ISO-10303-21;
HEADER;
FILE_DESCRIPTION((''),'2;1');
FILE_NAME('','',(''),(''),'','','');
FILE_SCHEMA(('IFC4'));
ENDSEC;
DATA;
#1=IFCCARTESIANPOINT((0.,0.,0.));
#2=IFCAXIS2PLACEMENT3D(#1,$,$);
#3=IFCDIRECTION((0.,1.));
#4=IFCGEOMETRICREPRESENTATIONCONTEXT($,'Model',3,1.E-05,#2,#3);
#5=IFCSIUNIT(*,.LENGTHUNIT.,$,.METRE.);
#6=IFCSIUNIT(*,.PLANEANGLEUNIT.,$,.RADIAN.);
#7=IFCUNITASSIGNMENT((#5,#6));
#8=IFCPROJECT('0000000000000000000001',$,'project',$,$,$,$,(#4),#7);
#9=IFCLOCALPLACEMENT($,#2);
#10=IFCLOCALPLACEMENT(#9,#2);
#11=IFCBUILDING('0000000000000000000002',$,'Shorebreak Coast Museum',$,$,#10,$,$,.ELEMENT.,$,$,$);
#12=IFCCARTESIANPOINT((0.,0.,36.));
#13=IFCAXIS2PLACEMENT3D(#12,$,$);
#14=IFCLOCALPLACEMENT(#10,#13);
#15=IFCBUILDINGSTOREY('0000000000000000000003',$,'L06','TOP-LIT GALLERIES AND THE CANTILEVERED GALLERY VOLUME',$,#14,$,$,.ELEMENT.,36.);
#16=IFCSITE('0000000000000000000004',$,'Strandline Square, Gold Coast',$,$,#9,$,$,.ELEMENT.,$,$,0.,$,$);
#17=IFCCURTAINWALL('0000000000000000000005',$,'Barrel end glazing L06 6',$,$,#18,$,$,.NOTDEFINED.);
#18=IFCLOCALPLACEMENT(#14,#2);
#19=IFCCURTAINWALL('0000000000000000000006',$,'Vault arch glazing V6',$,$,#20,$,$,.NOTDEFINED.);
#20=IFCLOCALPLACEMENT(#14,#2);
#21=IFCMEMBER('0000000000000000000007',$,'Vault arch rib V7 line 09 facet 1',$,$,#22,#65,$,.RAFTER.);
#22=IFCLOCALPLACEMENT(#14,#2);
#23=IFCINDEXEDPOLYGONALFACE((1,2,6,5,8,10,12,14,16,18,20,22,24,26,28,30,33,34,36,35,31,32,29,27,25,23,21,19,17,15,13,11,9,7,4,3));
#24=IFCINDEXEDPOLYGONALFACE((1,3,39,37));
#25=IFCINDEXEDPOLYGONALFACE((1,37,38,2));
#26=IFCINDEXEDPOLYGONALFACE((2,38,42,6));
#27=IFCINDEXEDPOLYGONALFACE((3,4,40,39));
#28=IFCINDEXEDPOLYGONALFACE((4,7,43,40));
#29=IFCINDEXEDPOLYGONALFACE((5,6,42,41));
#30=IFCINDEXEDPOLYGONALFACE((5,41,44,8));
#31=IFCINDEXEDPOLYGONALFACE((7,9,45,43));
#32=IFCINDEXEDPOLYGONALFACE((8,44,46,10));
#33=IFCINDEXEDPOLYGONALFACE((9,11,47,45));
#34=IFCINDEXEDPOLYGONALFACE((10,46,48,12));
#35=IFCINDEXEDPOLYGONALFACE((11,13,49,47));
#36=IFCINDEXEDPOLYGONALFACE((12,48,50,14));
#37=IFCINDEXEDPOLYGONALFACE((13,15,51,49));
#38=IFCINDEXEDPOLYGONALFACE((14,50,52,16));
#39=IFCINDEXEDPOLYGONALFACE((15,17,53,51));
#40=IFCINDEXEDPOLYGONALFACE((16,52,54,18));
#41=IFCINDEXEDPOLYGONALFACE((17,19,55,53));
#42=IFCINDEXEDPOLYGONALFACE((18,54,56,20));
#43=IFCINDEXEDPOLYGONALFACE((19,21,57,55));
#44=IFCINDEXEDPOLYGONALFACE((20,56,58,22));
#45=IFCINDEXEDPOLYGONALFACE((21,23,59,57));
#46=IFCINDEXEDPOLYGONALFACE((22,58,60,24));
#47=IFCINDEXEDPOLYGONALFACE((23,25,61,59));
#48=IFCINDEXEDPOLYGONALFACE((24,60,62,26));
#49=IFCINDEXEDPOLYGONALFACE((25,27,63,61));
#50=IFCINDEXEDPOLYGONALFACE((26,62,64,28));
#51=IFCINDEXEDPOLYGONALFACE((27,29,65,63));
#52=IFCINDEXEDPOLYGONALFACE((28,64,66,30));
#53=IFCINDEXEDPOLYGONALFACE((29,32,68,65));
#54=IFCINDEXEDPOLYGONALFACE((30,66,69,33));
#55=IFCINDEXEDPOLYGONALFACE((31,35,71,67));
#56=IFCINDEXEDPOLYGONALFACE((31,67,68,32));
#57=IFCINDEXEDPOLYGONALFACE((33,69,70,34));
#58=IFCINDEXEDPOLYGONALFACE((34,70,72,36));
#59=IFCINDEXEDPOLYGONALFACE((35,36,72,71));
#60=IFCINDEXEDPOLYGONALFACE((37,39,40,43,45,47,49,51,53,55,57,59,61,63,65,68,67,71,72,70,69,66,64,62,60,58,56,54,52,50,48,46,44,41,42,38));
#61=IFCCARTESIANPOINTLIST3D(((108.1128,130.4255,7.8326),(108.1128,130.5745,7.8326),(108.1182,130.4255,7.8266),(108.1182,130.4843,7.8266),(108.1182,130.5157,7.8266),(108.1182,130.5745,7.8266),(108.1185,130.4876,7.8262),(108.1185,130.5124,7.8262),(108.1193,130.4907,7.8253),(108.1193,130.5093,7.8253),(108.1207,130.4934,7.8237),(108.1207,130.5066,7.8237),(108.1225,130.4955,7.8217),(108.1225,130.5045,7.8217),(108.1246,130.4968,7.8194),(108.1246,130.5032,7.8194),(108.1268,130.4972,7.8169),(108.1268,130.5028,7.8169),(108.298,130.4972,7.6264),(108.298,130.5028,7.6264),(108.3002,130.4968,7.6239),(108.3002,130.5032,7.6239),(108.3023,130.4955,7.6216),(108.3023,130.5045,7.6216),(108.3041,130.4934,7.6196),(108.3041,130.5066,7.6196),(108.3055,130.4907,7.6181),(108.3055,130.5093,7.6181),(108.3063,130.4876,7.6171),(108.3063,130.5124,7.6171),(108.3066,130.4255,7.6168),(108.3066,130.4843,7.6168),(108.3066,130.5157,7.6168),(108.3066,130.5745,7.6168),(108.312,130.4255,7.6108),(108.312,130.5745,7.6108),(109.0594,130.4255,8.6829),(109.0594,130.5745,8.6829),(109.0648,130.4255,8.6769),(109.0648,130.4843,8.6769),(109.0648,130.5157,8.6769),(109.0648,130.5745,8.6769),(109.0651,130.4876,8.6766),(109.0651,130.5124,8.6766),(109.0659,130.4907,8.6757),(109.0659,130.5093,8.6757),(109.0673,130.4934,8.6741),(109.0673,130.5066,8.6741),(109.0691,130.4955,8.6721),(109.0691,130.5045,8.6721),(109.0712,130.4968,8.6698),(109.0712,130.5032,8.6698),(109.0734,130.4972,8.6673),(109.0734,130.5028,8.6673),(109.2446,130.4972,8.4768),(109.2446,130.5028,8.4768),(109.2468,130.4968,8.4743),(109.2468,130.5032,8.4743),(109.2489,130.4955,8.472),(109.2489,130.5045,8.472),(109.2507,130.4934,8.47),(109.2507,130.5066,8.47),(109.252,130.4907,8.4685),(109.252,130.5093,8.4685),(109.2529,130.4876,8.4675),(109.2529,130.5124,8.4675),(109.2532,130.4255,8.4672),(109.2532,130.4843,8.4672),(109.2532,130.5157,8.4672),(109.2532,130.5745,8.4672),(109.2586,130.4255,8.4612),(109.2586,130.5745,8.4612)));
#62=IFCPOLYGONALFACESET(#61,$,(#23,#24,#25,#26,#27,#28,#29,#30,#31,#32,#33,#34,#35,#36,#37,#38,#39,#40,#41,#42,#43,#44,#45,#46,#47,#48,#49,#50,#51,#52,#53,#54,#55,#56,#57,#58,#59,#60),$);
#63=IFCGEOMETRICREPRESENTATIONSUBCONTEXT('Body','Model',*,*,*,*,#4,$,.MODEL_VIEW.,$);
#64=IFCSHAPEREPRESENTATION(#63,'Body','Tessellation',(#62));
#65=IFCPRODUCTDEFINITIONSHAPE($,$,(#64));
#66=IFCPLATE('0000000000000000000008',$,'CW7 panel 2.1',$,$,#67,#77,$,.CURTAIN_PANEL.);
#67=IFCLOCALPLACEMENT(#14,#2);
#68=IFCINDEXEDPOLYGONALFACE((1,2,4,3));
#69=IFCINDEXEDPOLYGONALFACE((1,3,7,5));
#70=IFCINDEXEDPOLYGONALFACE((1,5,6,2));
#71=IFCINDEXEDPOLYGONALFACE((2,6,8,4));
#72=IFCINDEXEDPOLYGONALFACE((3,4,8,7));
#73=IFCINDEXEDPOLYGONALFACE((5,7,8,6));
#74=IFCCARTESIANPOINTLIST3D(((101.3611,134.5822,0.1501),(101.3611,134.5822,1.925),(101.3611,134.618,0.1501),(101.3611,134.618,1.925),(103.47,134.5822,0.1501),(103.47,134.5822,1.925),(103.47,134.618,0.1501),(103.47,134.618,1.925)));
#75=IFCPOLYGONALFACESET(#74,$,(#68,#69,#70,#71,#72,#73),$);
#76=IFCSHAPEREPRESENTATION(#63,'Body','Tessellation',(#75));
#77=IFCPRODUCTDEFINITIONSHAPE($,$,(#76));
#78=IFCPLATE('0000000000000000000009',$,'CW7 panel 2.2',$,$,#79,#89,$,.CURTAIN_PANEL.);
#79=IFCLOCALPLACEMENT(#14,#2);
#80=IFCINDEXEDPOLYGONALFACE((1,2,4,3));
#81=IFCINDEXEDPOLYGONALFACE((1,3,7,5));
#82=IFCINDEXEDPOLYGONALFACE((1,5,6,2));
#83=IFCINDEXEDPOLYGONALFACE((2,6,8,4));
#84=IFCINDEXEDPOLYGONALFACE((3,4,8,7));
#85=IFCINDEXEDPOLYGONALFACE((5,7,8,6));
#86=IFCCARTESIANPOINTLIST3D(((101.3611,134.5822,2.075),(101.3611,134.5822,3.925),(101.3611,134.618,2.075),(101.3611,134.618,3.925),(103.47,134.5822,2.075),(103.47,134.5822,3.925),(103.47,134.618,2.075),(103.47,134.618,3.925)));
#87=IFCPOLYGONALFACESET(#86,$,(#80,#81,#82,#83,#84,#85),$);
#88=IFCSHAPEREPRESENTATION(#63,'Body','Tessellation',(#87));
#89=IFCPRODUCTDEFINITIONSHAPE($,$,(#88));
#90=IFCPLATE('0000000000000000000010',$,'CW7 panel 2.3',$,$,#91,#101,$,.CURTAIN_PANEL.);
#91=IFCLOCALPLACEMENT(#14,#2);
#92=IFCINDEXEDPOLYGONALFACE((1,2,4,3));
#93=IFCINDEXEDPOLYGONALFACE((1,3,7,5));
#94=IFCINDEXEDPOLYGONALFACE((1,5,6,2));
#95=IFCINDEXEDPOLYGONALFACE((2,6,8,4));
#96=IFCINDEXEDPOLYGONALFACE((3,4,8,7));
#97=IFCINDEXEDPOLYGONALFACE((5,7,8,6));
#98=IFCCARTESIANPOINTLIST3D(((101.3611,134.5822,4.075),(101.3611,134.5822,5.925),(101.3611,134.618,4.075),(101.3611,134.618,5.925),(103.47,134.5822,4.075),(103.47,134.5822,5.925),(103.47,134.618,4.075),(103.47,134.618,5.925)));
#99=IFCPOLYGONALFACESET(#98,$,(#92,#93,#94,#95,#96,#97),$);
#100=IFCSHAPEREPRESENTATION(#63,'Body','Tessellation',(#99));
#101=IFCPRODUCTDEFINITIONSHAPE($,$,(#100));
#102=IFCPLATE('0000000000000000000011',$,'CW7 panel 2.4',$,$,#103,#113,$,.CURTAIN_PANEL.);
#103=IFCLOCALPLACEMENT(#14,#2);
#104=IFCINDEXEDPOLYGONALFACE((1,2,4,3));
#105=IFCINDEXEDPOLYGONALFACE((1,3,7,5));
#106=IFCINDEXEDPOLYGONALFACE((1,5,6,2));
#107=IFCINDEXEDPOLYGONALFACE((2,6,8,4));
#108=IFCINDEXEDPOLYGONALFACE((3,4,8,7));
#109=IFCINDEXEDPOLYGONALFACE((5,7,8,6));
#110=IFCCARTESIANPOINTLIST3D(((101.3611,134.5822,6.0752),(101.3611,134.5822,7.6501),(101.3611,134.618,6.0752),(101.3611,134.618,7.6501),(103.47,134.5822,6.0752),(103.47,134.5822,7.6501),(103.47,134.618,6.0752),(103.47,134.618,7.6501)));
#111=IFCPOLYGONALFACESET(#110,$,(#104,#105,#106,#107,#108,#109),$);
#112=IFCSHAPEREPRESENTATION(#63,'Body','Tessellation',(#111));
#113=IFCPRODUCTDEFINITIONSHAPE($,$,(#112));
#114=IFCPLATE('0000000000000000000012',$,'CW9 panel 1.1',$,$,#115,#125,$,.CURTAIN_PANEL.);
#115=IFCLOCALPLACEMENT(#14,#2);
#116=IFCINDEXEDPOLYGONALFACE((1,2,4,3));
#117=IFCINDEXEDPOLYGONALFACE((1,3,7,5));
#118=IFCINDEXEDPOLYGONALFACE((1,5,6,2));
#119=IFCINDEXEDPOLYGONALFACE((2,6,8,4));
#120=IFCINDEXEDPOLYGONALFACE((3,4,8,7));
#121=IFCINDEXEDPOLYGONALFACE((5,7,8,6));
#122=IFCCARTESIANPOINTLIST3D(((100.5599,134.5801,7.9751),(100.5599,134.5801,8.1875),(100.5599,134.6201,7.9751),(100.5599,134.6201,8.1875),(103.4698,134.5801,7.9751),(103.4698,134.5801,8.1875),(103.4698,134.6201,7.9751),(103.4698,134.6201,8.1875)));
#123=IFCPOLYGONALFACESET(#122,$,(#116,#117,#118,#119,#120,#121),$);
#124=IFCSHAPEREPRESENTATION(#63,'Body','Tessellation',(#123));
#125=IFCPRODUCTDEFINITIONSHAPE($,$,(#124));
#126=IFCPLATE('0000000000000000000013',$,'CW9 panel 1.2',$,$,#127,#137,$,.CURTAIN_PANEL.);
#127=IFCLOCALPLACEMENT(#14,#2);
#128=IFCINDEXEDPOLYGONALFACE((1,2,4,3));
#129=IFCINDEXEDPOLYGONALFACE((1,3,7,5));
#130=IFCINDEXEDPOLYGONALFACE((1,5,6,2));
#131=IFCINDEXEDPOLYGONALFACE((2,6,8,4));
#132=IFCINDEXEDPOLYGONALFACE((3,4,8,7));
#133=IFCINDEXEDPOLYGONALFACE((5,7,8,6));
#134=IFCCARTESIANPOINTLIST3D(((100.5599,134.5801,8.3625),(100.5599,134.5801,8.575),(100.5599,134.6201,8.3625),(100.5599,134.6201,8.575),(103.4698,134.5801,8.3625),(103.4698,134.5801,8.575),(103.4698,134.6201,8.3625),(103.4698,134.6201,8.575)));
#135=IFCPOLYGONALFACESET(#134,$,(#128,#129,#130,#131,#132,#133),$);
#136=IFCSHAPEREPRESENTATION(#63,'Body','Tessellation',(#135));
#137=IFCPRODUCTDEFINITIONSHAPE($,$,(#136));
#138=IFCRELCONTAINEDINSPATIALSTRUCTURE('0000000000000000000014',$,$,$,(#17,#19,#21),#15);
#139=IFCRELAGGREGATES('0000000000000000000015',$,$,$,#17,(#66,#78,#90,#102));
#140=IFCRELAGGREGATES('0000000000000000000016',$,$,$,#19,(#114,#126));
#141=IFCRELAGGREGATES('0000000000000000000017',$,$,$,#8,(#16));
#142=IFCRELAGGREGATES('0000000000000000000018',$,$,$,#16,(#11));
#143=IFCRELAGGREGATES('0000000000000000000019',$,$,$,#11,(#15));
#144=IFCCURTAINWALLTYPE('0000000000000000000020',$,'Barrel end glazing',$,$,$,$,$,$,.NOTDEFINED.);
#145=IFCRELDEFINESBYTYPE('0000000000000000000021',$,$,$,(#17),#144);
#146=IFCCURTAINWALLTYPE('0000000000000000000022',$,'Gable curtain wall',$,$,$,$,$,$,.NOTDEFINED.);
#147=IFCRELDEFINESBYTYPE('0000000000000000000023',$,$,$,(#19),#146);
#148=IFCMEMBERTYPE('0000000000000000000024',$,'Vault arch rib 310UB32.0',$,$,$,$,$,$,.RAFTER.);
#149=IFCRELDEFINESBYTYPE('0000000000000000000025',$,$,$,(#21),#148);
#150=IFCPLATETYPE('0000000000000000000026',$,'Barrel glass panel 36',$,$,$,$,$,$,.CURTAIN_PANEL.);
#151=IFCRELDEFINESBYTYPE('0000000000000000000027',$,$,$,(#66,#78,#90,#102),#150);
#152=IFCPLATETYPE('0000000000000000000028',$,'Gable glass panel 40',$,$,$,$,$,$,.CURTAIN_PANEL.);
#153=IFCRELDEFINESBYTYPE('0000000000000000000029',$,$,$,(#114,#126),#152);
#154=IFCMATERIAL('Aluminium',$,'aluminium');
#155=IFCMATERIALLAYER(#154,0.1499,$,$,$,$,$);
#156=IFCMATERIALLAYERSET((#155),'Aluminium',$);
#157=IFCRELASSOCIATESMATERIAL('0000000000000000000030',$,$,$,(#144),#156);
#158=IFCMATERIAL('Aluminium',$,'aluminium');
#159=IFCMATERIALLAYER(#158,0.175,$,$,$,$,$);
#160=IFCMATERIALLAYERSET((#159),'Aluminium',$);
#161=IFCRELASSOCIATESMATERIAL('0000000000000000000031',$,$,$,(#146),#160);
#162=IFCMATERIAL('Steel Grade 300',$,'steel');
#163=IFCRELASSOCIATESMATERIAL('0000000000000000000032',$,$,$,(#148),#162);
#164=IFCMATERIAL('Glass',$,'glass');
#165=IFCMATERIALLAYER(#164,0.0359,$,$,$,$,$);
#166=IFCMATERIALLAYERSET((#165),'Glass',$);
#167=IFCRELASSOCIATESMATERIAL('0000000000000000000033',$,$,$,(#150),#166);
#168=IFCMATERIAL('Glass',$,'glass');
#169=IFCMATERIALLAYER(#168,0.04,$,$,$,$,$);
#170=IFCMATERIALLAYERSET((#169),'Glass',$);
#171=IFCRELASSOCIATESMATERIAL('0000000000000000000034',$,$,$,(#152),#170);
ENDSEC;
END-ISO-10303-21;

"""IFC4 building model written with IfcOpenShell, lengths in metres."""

from ifc_helpers import new_model, si_unit, direction, frame, origin, origin_2d, place, context, subcontext, project, spatial, rectangle, i_section, extrude, material, layer, layer_set, material_profile, profile_set, type_object, element, aggregate, save


model = new_model("IFC4")

# Units and contexts
model_context = context("Model", 3, precision=1e-05, world=origin(), true_north=direction((0.0, 1.0)))
body_context = subcontext(model_context, "Body", "Model", "MODEL_VIEW")
ifc_project = project(units=[si_unit("LENGTHUNIT", "METRE"), si_unit("PLANEANGLEUNIT", "RADIAN")], contexts=[model_context])

# Site, building, storey
site_placement = place(None, origin())
site = spatial("IfcSite", under=ifc_project, at=site_placement, Name="Strandline Square, Gold Coast", CompositionType="ELEMENT", RefElevation=0.0)
building_placement = place(site_placement, origin())
building = spatial("IfcBuilding", under=site, at=building_placement, Name="Shorebreak Coast Museum", CompositionType="ELEMENT")
storey_placement = place(building_placement, frame((0.0, 0.0, 36.0)))
storey = spatial("IfcBuildingStorey", under=building, at=storey_placement, Name="L06", Description="TOP-LIT GALLERIES AND THE CANTILEVERED GALLERY VOLUME", CompositionType="ELEMENT", Elevation=36.0)

# Curtain wall
ifc_material_1 = material(Name="Aluminium", Category="aluminium")
ifc_layer_1 = layer(ifc_material_1, 0.1499)
ifc_layer_set_1 = layer_set([ifc_layer_1], Name="Aluminium")
curtain_wall_type_1 = type_object("IfcCurtainWallType", Name="Barrel end glazing", PredefinedType="NOTDEFINED", material=ifc_layer_set_1)
curtain_wall_1_placement = place(storey_placement, origin())
curtain_wall_1 = element("IfcCurtainWall", 1, at=curtain_wall_1_placement, inside=storey, type_object=curtain_wall_type_1, Name="Barrel end glazing L06 6", PredefinedType="NOTDEFINED")

# Curtain wall
ifc_material_2 = material(Name="Aluminium", Category="aluminium")
ifc_layer_2 = layer(ifc_material_2, 0.175)
ifc_layer_set_2 = layer_set([ifc_layer_2], Name="Aluminium")
curtain_wall_type_2 = type_object("IfcCurtainWallType", Name="Gable curtain wall", PredefinedType="NOTDEFINED", material=ifc_layer_set_2)
curtain_wall_2_placement = place(storey_placement, origin())
curtain_wall_2 = element("IfcCurtainWall", 2, at=curtain_wall_2_placement, inside=storey, type_object=curtain_wall_type_2, Name="Vault arch glazing V6", PredefinedType="NOTDEFINED")

# Member
ifc_material_3 = material(Name="Steel Grade 300", Category="steel")
ifc_material_profile_1 = material_profile(ifc_material_3, i_section(OverallWidth=0.1489, OverallDepth=0.2981, WebThickness=0.0056, FlangeThickness=0.0081, FilletRadius=0.0129, at=origin_2d()), Name="310UB32.0")
ifc_profile_set_1 = profile_set([ifc_material_profile_1], Name="Steel Grade 300")
member_type_1 = type_object("IfcMemberType", Name="Vault arch rib 310UB32.0", PredefinedType="RAFTER", material=ifc_profile_set_1)
member_1_placement = place(storey_placement, frame((108.2124, 130.5, 7.7217), z_axis=(0.743895, 0.0, 0.668297), x_axis=(0.0, 1.0, 0.0)))
element("IfcMember", 3, at=member_1_placement, inside=storey, type_object=member_type_1, Name="Vault arch rib V7 line 09 facet 1", PredefinedType="RAFTER", context=body_context, shape_type="SweptSolid", body=[
    extrude(i_section(OverallWidth=0.1489, OverallDepth=0.2981, WebThickness=0.0056, FlangeThickness=0.0081, FilletRadius=0.0129, at=origin_2d()), origin(), (0.0, 0.0, 1.0), 1.2725),
])

# Plates
ifc_material_4 = material(Name="Glass", Category="glass")
ifc_layer_3 = layer(ifc_material_4, 0.0359)
ifc_layer_set_3 = layer_set([ifc_layer_3], Name="Glass")
plate_type_1 = type_object("IfcPlateType", Name="Barrel glass panel 36", PredefinedType="CURTAIN_PANEL", material=ifc_layer_set_3)
plate_1_placement = place(storey_placement, frame((102.4155, 134.6001, 0.1501), z_axis=(0.0, 0.0, 1.0), x_axis=(1.0, 0.0, 0.0)))
plate_1 = element("IfcPlate", 4, at=plate_1_placement, type_object=plate_type_1, Name="CW7 panel 2.1", PredefinedType="CURTAIN_PANEL", context=body_context, shape_type="SweptSolid", body=[
    extrude(rectangle(XDim=2.1089, YDim=0.0359, at=origin_2d()), origin(), (0.0, 0.0, 1.0), 1.7749),
])
plate_2_placement = place(storey_placement, frame((102.4155, 134.6001, 2.075), z_axis=(0.0, 0.0, 1.0), x_axis=(1.0, 0.0, 0.0)))
plate_2 = element("IfcPlate", 5, at=plate_2_placement, type_object=plate_type_1, Name="CW7 panel 2.2", PredefinedType="CURTAIN_PANEL", context=body_context, shape_type="SweptSolid", body=[
    extrude(rectangle(XDim=2.1089, YDim=0.0359, at=origin_2d()), origin(), (0.0, 0.0, 1.0), 1.8501),
])
plate_3_placement = place(storey_placement, frame((102.4155, 134.6001, 4.075), z_axis=(0.0, 0.0, 1.0), x_axis=(1.0, 0.0, 0.0)))
plate_3 = element("IfcPlate", 6, at=plate_3_placement, type_object=plate_type_1, Name="CW7 panel 2.3", PredefinedType="CURTAIN_PANEL", context=body_context, shape_type="SweptSolid", body=[
    extrude(rectangle(XDim=2.1089, YDim=0.0359, at=origin_2d()), origin(), (0.0, 0.0, 1.0), 1.8501),
])
plate_4_placement = place(storey_placement, frame((102.4155, 134.6001, 6.0752), z_axis=(0.0, 0.0, 1.0), x_axis=(1.0, 0.0, 0.0)))
plate_4 = element("IfcPlate", 7, at=plate_4_placement, type_object=plate_type_1, Name="CW7 panel 2.4", PredefinedType="CURTAIN_PANEL", context=body_context, shape_type="SweptSolid", body=[
    extrude(rectangle(XDim=2.1089, YDim=0.0359, at=origin_2d()), origin(), (0.0, 0.0, 1.0), 1.575),
])
aggregate(curtain_wall_1, [plate_1, plate_2, plate_3, plate_4])
ifc_material_5 = material(Name="Glass", Category="glass")
ifc_layer_4 = layer(ifc_material_5, 0.04)
ifc_layer_set_4 = layer_set([ifc_layer_4], Name="Glass")
plate_type_2 = type_object("IfcPlateType", Name="Gable glass panel 40", PredefinedType="CURTAIN_PANEL", material=ifc_layer_set_4)
plate_5_placement = place(storey_placement, frame((102.0149, 134.6001, 7.9751), z_axis=(0.0, 0.0, 1.0), x_axis=(1.0, 0.0, 0.0)))
plate_5 = element("IfcPlate", 8, at=plate_5_placement, type_object=plate_type_2, Name="CW9 panel 1.1", PredefinedType="CURTAIN_PANEL", context=body_context, shape_type="SweptSolid", body=[
    extrude(rectangle(XDim=2.9099, YDim=0.04, at=origin_2d()), origin(), (0.0, 0.0, 1.0), 0.2124),
])
plate_6_placement = place(storey_placement, frame((102.0149, 134.6001, 8.3625), z_axis=(0.0, 0.0, 1.0), x_axis=(1.0, 0.0, 0.0)))
plate_6 = element("IfcPlate", 9, at=plate_6_placement, type_object=plate_type_2, Name="CW9 panel 1.2", PredefinedType="CURTAIN_PANEL", context=body_context, shape_type="SweptSolid", body=[
    extrude(rectangle(XDim=2.9099, YDim=0.04, at=origin_2d()), origin(), (0.0, 0.0, 1.0), 0.2124),
])
aggregate(curtain_wall_2, [plate_5, plate_6])

save(model, "model.ifc")
